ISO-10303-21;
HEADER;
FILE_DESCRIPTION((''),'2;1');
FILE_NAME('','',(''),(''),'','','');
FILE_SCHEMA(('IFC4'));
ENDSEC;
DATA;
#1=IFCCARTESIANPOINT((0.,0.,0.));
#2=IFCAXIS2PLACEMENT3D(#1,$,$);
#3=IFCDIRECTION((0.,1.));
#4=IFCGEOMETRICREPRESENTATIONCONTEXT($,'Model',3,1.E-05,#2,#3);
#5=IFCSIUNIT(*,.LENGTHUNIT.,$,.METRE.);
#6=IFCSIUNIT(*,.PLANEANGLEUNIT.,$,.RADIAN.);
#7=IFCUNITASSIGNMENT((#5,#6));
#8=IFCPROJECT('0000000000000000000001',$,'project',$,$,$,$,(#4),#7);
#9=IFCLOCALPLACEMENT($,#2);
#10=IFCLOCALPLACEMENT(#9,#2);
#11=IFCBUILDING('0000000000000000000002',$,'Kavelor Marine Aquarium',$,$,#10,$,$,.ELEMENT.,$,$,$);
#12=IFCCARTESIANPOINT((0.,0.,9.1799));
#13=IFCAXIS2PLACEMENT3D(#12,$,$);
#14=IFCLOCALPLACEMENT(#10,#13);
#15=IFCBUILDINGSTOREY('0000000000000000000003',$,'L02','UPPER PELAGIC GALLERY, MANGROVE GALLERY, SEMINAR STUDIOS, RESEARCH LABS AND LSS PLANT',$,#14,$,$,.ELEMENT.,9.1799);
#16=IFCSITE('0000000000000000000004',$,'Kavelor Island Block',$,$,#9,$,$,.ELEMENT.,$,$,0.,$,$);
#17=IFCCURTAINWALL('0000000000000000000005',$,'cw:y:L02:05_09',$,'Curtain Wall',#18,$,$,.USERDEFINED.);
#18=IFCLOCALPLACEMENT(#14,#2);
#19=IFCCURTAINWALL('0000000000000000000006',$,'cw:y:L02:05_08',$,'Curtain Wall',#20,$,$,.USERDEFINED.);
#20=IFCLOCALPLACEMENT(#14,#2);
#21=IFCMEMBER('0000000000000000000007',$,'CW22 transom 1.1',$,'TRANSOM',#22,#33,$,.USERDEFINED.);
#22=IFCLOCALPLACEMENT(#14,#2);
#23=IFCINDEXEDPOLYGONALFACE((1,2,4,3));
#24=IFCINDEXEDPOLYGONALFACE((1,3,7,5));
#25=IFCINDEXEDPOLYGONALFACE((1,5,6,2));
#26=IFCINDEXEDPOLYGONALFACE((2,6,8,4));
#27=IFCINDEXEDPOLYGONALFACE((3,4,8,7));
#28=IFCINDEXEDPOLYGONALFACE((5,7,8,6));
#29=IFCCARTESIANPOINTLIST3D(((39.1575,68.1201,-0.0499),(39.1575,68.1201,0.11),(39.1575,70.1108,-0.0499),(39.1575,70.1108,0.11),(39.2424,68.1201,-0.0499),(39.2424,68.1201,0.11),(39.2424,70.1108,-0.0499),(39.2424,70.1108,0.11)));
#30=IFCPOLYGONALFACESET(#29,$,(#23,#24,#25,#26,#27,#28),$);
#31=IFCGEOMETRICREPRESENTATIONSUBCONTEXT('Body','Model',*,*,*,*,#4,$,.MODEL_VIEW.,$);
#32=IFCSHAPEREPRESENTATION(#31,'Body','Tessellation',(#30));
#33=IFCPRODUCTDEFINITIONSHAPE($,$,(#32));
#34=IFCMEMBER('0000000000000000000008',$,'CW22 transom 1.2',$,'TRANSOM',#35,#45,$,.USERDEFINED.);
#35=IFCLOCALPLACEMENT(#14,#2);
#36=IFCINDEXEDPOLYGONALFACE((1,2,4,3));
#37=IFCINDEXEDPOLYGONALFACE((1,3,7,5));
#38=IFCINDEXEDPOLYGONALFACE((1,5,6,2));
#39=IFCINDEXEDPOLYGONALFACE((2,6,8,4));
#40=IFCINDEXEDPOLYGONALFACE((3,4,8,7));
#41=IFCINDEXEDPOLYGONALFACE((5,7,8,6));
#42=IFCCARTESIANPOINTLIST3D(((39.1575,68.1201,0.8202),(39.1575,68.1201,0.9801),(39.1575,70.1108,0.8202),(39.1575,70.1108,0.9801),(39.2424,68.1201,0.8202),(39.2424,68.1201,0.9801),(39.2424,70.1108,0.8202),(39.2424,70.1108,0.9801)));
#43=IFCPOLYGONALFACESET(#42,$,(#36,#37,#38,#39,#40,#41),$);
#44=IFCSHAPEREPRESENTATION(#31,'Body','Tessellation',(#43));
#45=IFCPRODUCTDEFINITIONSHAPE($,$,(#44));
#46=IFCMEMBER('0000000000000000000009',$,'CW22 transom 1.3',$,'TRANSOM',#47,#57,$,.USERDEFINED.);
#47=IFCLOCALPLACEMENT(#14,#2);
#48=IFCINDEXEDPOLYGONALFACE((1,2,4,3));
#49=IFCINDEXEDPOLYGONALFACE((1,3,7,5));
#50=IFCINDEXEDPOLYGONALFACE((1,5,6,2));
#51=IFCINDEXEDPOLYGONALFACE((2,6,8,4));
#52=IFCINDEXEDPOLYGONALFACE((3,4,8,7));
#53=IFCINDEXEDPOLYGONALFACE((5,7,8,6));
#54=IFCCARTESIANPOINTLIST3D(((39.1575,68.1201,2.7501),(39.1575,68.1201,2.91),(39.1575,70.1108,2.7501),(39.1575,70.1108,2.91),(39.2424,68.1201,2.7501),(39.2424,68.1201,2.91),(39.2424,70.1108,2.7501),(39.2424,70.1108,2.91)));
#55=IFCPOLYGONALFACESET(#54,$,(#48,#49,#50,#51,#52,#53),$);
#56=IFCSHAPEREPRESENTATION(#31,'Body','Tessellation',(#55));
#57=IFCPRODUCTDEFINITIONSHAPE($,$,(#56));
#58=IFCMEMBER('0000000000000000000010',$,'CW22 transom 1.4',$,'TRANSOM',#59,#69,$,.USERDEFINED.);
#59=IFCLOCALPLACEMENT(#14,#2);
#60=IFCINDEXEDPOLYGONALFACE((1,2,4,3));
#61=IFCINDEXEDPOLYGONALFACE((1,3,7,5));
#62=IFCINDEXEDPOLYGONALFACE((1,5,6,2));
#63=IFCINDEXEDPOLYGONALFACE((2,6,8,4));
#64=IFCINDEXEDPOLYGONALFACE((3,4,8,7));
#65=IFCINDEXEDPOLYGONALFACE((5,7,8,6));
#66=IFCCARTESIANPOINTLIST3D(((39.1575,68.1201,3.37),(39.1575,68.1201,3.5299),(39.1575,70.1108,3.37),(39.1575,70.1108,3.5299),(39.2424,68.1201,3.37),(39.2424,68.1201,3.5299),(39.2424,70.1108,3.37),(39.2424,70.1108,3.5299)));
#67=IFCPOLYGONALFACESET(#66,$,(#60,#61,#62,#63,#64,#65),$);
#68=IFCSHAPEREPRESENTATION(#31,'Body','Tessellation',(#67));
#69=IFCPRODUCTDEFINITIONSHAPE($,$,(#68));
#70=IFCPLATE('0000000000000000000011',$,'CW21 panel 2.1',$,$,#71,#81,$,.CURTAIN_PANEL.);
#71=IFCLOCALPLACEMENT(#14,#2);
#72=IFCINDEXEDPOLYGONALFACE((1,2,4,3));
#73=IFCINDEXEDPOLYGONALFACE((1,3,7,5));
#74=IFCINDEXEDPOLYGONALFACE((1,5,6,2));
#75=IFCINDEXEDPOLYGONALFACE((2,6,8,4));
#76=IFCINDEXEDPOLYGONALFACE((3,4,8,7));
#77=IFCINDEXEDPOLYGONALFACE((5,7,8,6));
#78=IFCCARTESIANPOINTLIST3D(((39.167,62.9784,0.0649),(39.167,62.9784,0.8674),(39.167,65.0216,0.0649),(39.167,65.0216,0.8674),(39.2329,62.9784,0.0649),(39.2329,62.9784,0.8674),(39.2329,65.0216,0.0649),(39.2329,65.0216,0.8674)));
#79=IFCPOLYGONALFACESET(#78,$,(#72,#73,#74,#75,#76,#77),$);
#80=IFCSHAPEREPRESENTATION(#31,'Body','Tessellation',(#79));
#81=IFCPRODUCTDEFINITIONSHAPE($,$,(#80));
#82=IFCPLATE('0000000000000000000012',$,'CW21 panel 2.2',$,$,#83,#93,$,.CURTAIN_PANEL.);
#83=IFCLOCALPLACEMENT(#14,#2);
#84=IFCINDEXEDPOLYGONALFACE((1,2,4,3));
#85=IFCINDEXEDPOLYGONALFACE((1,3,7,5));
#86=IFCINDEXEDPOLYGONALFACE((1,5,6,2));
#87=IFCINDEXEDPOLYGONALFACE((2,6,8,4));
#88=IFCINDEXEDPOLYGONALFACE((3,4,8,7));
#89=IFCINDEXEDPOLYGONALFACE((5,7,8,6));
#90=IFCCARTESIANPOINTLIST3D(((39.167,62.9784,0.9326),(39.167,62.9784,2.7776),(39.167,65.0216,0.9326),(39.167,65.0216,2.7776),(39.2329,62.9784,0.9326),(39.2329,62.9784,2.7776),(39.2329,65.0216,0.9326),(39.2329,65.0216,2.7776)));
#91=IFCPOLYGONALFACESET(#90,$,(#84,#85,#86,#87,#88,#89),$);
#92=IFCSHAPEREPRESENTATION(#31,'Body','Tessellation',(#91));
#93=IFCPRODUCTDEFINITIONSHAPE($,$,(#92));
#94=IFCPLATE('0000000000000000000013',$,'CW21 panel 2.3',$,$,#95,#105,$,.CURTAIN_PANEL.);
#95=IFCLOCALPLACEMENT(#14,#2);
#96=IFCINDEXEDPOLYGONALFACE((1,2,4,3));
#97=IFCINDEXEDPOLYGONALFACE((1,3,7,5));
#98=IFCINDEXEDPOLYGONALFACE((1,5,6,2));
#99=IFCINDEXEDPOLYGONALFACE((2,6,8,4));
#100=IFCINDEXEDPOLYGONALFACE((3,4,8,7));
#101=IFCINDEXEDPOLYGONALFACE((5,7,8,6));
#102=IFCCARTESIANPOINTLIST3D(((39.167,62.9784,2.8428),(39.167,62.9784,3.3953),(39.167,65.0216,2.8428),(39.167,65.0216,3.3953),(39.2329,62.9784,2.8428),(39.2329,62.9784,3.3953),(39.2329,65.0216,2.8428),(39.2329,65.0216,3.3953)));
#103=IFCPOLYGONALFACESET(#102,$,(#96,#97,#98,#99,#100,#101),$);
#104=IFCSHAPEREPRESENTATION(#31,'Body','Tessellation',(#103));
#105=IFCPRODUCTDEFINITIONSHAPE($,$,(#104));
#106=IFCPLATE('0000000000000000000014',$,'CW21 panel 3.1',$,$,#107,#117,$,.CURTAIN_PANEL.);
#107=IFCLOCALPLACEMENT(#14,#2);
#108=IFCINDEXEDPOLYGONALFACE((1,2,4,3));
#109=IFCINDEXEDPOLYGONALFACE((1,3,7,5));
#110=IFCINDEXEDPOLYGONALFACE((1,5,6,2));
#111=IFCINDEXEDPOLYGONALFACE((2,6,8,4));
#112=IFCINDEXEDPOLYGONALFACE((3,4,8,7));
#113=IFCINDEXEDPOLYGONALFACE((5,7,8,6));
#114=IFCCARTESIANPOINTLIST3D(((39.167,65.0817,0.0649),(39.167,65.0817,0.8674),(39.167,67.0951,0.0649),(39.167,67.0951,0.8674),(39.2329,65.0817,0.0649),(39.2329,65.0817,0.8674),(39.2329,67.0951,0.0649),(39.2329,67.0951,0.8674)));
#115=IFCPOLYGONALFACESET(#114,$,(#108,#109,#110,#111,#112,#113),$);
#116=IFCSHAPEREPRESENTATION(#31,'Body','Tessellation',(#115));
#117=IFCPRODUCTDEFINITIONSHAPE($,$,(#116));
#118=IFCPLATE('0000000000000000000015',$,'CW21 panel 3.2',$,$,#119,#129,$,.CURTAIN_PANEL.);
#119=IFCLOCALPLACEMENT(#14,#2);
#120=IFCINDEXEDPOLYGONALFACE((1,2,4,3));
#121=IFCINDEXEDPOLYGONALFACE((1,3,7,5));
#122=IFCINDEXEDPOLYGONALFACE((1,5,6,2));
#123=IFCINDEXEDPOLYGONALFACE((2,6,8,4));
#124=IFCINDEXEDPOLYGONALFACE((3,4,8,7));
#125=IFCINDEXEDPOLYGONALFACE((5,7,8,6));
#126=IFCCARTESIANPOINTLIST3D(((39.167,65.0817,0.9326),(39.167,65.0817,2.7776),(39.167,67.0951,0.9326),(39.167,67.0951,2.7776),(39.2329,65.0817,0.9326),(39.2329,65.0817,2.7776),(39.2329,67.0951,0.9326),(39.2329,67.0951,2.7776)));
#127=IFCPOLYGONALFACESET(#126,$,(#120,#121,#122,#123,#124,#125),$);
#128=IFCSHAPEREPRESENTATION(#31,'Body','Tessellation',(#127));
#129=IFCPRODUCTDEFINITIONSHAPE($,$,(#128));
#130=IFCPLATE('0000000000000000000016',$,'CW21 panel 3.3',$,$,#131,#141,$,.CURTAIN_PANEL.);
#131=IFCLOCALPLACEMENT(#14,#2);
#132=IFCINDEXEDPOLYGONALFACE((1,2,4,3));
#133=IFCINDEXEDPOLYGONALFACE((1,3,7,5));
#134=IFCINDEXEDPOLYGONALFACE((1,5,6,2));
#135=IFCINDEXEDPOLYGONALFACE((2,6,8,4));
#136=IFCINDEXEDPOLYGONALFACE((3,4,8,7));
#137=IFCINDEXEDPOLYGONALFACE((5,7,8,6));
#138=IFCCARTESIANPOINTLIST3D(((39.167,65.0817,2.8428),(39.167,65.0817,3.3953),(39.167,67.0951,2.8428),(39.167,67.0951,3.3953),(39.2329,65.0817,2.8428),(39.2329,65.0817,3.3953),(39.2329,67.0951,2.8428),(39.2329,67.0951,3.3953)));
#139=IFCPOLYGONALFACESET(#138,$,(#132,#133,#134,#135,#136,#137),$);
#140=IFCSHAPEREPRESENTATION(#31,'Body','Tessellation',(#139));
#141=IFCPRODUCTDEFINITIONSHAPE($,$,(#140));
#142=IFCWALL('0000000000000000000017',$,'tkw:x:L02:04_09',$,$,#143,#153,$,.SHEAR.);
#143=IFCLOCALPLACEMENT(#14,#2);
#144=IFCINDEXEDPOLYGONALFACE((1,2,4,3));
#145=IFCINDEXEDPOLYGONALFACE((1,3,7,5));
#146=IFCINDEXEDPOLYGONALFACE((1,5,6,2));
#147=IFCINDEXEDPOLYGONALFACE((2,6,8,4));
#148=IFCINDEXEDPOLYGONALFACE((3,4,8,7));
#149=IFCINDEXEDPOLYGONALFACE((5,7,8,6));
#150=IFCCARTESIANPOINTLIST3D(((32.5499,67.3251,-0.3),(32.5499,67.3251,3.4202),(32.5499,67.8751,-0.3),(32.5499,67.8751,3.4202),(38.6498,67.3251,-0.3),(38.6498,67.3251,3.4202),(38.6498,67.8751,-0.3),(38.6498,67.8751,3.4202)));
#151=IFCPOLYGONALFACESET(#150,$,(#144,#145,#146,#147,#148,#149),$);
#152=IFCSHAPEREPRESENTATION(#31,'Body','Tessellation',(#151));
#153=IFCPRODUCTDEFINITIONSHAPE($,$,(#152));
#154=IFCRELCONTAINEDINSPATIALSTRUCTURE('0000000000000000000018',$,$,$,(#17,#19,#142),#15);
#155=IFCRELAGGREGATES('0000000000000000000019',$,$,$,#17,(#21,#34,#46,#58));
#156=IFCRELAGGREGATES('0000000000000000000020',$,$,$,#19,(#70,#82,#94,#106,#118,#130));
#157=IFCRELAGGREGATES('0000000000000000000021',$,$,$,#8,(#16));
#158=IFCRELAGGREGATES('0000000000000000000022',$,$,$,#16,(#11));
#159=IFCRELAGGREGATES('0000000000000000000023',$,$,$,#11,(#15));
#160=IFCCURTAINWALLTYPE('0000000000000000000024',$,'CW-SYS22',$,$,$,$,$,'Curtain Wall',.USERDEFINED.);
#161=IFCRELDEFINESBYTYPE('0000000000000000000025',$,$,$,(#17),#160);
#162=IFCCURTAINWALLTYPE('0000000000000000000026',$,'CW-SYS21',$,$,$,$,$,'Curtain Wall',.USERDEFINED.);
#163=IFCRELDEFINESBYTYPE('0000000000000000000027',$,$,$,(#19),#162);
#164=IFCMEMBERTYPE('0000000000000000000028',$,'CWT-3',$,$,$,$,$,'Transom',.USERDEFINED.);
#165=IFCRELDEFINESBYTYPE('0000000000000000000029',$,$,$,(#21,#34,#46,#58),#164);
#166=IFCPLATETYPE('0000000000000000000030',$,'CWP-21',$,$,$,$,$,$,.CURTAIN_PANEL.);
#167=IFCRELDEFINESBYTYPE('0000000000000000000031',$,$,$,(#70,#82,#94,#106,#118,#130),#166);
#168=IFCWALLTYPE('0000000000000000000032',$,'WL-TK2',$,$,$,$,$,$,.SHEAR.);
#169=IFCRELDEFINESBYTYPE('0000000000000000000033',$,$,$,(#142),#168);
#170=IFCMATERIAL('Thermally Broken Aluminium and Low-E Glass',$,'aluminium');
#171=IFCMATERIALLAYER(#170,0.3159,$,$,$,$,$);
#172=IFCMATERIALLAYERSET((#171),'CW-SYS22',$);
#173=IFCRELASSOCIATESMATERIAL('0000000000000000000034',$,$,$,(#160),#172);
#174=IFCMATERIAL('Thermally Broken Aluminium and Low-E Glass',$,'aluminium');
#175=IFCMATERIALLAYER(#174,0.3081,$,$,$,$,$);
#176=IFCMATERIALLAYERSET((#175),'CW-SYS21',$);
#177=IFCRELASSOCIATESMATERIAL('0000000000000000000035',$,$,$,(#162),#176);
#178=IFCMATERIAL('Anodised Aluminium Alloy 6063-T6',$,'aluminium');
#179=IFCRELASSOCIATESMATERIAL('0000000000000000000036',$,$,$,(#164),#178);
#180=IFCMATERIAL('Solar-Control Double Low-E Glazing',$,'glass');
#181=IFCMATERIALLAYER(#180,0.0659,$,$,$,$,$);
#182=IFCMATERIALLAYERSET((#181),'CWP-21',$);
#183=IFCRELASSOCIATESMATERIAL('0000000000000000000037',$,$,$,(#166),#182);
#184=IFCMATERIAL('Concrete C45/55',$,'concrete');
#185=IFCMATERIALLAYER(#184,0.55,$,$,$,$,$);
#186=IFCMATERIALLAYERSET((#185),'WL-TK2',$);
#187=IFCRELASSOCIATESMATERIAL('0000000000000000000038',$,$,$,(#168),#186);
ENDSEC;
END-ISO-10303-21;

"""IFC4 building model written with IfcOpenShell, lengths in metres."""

from ifc_helpers import new_model, si_unit, direction, frame, frame_2d, origin, origin_2d, place, context, subcontext, project, spatial, rectangle, extrude, material, layer, layer_set, material_profile, profile_set, type_object, element, aggregate, save


model = new_model("IFC4")

# Units and contexts
model_context = context("Model", 3, precision=1e-05, world=origin(), true_north=direction((0.0, 1.0)))
body_context = subcontext(model_context, "Body", "Model", "MODEL_VIEW")
ifc_project = project(units=[si_unit("LENGTHUNIT", "METRE"), si_unit("PLANEANGLEUNIT", "RADIAN")], contexts=[model_context])

# Site, building, storey
site_placement = place(None, origin())
site = spatial("IfcSite", under=ifc_project, at=site_placement, Name="Kavelor Island Block", CompositionType="ELEMENT", RefElevation=0.0)
building_placement = place(site_placement, origin())
building = spatial("IfcBuilding", under=site, at=building_placement, Name="Kavelor Marine Aquarium", CompositionType="ELEMENT")
storey_placement = place(building_placement, frame((0.0, 0.0, 9.1799)))
storey = spatial("IfcBuildingStorey", under=building, at=storey_placement, Name="L02", Description="UPPER PELAGIC GALLERY, MANGROVE GALLERY, SEMINAR STUDIOS, RESEARCH LABS AND LSS PLANT", CompositionType="ELEMENT", Elevation=9.1799)

# Curtain wall
ifc_material_1 = material(Name="Thermally Broken Aluminium and Low-E Glass", Category="aluminium")
ifc_layer_1 = layer(ifc_material_1, 0.3159)
ifc_layer_set_1 = layer_set([ifc_layer_1], Name="CW-SYS22")
curtain_wall_type_1 = type_object("IfcCurtainWallType", Name="CW-SYS22", ElementType="Curtain Wall", PredefinedType="USERDEFINED", material=ifc_layer_set_1)
curtain_wall_1_placement = place(storey_placement, origin())
curtain_wall_1 = element("IfcCurtainWall", 1, at=curtain_wall_1_placement, inside=storey, type_object=curtain_wall_type_1, Name="cw:y:L02:05_09", ObjectType="Curtain Wall", PredefinedType="USERDEFINED")

# Curtain wall
ifc_material_2 = material(Name="Thermally Broken Aluminium and Low-E Glass", Category="aluminium")
ifc_layer_2 = layer(ifc_material_2, 0.3081)
ifc_layer_set_2 = layer_set([ifc_layer_2], Name="CW-SYS21")
curtain_wall_type_2 = type_object("IfcCurtainWallType", Name="CW-SYS21", ElementType="Curtain Wall", PredefinedType="USERDEFINED", material=ifc_layer_set_2)
curtain_wall_2_placement = place(storey_placement, origin())
curtain_wall_2 = element("IfcCurtainWall", 2, at=curtain_wall_2_placement, inside=storey, type_object=curtain_wall_type_2, Name="cw:y:L02:05_08", ObjectType="Curtain Wall", PredefinedType="USERDEFINED")

# Members
ifc_material_3 = material(Name="Anodised Aluminium Alloy 6063-T6", Category="aluminium")
ifc_material_profile_1 = material_profile(ifc_material_3, rectangle(XDim=0.085, YDim=0.1599, at=origin_2d()), Name="CW-TRN 85x160")
ifc_profile_set_1 = profile_set([ifc_material_profile_1], Name="Anodised Aluminium Alloy 6063-T6")
member_type_1 = type_object("IfcMemberType", Name="CWT-3", ElementType="Transom", PredefinedType="USERDEFINED", material=ifc_profile_set_1)
member_1_placement = place(storey_placement, frame((39.2, 68.1201, 0.03), z_axis=(0.0, 1.0, 0.0), x_axis=(-1.0, 0.0, 0.0)))
member_1 = element("IfcMember", 3, at=member_1_placement, type_object=member_type_1, Name="CW22 transom 1.1", ObjectType="TRANSOM", PredefinedType="USERDEFINED", context=body_context, shape_type="SweptSolid", body=[
    extrude(rectangle(XDim=0.085, YDim=0.1599, at=origin_2d()), origin(), (0.0, 0.0, 1.0), 1.9907),
])
member_2_placement = place(storey_placement, frame((39.2, 68.1201, 0.9001), z_axis=(0.0, 1.0, 0.0), x_axis=(-1.0, 0.0, 0.0)))
member_2 = element("IfcMember", 4, at=member_2_placement, type_object=member_type_1, Name="CW22 transom 1.2", ObjectType="TRANSOM", PredefinedType="USERDEFINED", context=body_context, shape_type="SweptSolid", body=[
    extrude(rectangle(XDim=0.085, YDim=0.1599, at=origin_2d()), origin(), (0.0, 0.0, 1.0), 1.9907),
])
member_3_placement = place(storey_placement, frame((39.2, 68.1201, 2.8301), z_axis=(0.0, 1.0, 0.0), x_axis=(-1.0, 0.0, 0.0)))
member_3 = element("IfcMember", 5, at=member_3_placement, type_object=member_type_1, Name="CW22 transom 1.3", ObjectType="TRANSOM", PredefinedType="USERDEFINED", context=body_context, shape_type="SweptSolid", body=[
    extrude(rectangle(XDim=0.085, YDim=0.1599, at=origin_2d()), origin(), (0.0, 0.0, 1.0), 1.9907),
])
member_4_placement = place(storey_placement, frame((39.2, 68.1201, 3.45), z_axis=(0.0, 1.0, 0.0), x_axis=(-1.0, 0.0, 0.0)))
member_4 = element("IfcMember", 6, at=member_4_placement, type_object=member_type_1, Name="CW22 transom 1.4", ObjectType="TRANSOM", PredefinedType="USERDEFINED", context=body_context, shape_type="SweptSolid", body=[
    extrude(rectangle(XDim=0.085, YDim=0.1599, at=origin_2d()), origin(), (0.0, 0.0, 1.0), 1.9907),
])
aggregate(curtain_wall_1, [member_1, member_2, member_3, member_4])

# Plates
ifc_material_4 = material(Name="Solar-Control Double Low-E Glazing", Category="glass")
ifc_layer_3 = layer(ifc_material_4, 0.0659)
ifc_layer_set_3 = layer_set([ifc_layer_3], Name="CWP-21")
plate_type = type_object("IfcPlateType", Name="CWP-21", PredefinedType="CURTAIN_PANEL", material=ifc_layer_set_3)
plate_1_placement = place(storey_placement, frame((39.2, 64.0, 0.0649), z_axis=(0.0, 0.0, 1.0), x_axis=(0.0, 1.0, 0.0)))
plate_1 = element("IfcPlate", 7, at=plate_1_placement, type_object=plate_type, Name="CW21 panel 2.1", PredefinedType="CURTAIN_PANEL", context=body_context, shape_type="SweptSolid", body=[
    extrude(rectangle(XDim=2.0432, YDim=0.0659, at=origin_2d()), origin(), (0.0, 0.0, 1.0), 0.8025),
])
plate_2_placement = place(storey_placement, frame((39.2, 64.0, 0.9326), z_axis=(0.0, 0.0, 1.0), x_axis=(0.0, 1.0, 0.0)))
plate_2 = element("IfcPlate", 8, at=plate_2_placement, type_object=plate_type, Name="CW21 panel 2.2", PredefinedType="CURTAIN_PANEL", context=body_context, shape_type="SweptSolid", body=[
    extrude(rectangle(XDim=2.0432, YDim=0.0659, at=origin_2d()), origin(), (0.0, 0.0, 1.0), 1.845),
])
plate_3_placement = place(storey_placement, frame((39.2, 64.0, 2.8428), z_axis=(0.0, 0.0, 1.0), x_axis=(0.0, 1.0, 0.0)))
plate_3 = element("IfcPlate", 9, at=plate_3_placement, type_object=plate_type, Name="CW21 panel 2.3", PredefinedType="CURTAIN_PANEL", context=body_context, shape_type="SweptSolid", body=[
    extrude(rectangle(XDim=2.0432, YDim=0.0659, at=origin_2d()), origin(), (0.0, 0.0, 1.0), 0.5525),
])
plate_4_placement = place(storey_placement, frame((39.2, 66.0884, 0.0649), z_axis=(0.0, 0.0, 1.0), x_axis=(0.0, 1.0, 0.0)))
plate_4 = element("IfcPlate", 10, at=plate_4_placement, type_object=plate_type, Name="CW21 panel 3.1", PredefinedType="CURTAIN_PANEL", context=body_context, shape_type="SweptSolid", body=[
    extrude(rectangle(XDim=2.0134, YDim=0.0659, at=origin_2d()), origin(), (0.0, 0.0, 1.0), 0.8025),
])
plate_5_placement = place(storey_placement, frame((39.2, 66.0884, 0.9326), z_axis=(0.0, 0.0, 1.0), x_axis=(0.0, 1.0, 0.0)))
plate_5 = element("IfcPlate", 11, at=plate_5_placement, type_object=plate_type, Name="CW21 panel 3.2", PredefinedType="CURTAIN_PANEL", context=body_context, shape_type="SweptSolid", body=[
    extrude(rectangle(XDim=2.0134, YDim=0.0659, at=origin_2d()), origin(), (0.0, 0.0, 1.0), 1.845),
])
plate_6_placement = place(storey_placement, frame((39.2, 66.0884, 2.8428), z_axis=(0.0, 0.0, 1.0), x_axis=(0.0, 1.0, 0.0)))
plate_6 = element("IfcPlate", 12, at=plate_6_placement, type_object=plate_type, Name="CW21 panel 3.3", PredefinedType="CURTAIN_PANEL", context=body_context, shape_type="SweptSolid", body=[
    extrude(rectangle(XDim=2.0134, YDim=0.0659, at=origin_2d()), origin(), (0.0, 0.0, 1.0), 0.5525),
])
aggregate(curtain_wall_2, [plate_1, plate_2, plate_3, plate_4, plate_5, plate_6])

# Wall
ifc_material_5 = material(Name="Concrete C45/55", Category="concrete")
ifc_layer_4 = layer(ifc_material_5, 0.55)
ifc_layer_set_4 = layer_set([ifc_layer_4], Name="WL-TK2")
wall_type = type_object("IfcWallType", Name="WL-TK2", PredefinedType="SHEAR", material=ifc_layer_set_4)
wall_placement = place(storey_placement, frame((32.55, 67.6001, -0.3), z_axis=(0.0, 0.0, 1.0), x_axis=(1.0, 0.0, 0.0)))
element("IfcWall", 13, at=wall_placement, inside=storey, type_object=wall_type, Name="tkw:x:L02:04_09", PredefinedType="SHEAR", context=body_context, shape_type="SweptSolid", body=[
    extrude(rectangle(XDim=6.0999, YDim=0.55, at=frame_2d((3.0498, 0.0))), origin(), (0.0, 0.0, 1.0), 3.7202),
])

save(model, "model.ifc")
